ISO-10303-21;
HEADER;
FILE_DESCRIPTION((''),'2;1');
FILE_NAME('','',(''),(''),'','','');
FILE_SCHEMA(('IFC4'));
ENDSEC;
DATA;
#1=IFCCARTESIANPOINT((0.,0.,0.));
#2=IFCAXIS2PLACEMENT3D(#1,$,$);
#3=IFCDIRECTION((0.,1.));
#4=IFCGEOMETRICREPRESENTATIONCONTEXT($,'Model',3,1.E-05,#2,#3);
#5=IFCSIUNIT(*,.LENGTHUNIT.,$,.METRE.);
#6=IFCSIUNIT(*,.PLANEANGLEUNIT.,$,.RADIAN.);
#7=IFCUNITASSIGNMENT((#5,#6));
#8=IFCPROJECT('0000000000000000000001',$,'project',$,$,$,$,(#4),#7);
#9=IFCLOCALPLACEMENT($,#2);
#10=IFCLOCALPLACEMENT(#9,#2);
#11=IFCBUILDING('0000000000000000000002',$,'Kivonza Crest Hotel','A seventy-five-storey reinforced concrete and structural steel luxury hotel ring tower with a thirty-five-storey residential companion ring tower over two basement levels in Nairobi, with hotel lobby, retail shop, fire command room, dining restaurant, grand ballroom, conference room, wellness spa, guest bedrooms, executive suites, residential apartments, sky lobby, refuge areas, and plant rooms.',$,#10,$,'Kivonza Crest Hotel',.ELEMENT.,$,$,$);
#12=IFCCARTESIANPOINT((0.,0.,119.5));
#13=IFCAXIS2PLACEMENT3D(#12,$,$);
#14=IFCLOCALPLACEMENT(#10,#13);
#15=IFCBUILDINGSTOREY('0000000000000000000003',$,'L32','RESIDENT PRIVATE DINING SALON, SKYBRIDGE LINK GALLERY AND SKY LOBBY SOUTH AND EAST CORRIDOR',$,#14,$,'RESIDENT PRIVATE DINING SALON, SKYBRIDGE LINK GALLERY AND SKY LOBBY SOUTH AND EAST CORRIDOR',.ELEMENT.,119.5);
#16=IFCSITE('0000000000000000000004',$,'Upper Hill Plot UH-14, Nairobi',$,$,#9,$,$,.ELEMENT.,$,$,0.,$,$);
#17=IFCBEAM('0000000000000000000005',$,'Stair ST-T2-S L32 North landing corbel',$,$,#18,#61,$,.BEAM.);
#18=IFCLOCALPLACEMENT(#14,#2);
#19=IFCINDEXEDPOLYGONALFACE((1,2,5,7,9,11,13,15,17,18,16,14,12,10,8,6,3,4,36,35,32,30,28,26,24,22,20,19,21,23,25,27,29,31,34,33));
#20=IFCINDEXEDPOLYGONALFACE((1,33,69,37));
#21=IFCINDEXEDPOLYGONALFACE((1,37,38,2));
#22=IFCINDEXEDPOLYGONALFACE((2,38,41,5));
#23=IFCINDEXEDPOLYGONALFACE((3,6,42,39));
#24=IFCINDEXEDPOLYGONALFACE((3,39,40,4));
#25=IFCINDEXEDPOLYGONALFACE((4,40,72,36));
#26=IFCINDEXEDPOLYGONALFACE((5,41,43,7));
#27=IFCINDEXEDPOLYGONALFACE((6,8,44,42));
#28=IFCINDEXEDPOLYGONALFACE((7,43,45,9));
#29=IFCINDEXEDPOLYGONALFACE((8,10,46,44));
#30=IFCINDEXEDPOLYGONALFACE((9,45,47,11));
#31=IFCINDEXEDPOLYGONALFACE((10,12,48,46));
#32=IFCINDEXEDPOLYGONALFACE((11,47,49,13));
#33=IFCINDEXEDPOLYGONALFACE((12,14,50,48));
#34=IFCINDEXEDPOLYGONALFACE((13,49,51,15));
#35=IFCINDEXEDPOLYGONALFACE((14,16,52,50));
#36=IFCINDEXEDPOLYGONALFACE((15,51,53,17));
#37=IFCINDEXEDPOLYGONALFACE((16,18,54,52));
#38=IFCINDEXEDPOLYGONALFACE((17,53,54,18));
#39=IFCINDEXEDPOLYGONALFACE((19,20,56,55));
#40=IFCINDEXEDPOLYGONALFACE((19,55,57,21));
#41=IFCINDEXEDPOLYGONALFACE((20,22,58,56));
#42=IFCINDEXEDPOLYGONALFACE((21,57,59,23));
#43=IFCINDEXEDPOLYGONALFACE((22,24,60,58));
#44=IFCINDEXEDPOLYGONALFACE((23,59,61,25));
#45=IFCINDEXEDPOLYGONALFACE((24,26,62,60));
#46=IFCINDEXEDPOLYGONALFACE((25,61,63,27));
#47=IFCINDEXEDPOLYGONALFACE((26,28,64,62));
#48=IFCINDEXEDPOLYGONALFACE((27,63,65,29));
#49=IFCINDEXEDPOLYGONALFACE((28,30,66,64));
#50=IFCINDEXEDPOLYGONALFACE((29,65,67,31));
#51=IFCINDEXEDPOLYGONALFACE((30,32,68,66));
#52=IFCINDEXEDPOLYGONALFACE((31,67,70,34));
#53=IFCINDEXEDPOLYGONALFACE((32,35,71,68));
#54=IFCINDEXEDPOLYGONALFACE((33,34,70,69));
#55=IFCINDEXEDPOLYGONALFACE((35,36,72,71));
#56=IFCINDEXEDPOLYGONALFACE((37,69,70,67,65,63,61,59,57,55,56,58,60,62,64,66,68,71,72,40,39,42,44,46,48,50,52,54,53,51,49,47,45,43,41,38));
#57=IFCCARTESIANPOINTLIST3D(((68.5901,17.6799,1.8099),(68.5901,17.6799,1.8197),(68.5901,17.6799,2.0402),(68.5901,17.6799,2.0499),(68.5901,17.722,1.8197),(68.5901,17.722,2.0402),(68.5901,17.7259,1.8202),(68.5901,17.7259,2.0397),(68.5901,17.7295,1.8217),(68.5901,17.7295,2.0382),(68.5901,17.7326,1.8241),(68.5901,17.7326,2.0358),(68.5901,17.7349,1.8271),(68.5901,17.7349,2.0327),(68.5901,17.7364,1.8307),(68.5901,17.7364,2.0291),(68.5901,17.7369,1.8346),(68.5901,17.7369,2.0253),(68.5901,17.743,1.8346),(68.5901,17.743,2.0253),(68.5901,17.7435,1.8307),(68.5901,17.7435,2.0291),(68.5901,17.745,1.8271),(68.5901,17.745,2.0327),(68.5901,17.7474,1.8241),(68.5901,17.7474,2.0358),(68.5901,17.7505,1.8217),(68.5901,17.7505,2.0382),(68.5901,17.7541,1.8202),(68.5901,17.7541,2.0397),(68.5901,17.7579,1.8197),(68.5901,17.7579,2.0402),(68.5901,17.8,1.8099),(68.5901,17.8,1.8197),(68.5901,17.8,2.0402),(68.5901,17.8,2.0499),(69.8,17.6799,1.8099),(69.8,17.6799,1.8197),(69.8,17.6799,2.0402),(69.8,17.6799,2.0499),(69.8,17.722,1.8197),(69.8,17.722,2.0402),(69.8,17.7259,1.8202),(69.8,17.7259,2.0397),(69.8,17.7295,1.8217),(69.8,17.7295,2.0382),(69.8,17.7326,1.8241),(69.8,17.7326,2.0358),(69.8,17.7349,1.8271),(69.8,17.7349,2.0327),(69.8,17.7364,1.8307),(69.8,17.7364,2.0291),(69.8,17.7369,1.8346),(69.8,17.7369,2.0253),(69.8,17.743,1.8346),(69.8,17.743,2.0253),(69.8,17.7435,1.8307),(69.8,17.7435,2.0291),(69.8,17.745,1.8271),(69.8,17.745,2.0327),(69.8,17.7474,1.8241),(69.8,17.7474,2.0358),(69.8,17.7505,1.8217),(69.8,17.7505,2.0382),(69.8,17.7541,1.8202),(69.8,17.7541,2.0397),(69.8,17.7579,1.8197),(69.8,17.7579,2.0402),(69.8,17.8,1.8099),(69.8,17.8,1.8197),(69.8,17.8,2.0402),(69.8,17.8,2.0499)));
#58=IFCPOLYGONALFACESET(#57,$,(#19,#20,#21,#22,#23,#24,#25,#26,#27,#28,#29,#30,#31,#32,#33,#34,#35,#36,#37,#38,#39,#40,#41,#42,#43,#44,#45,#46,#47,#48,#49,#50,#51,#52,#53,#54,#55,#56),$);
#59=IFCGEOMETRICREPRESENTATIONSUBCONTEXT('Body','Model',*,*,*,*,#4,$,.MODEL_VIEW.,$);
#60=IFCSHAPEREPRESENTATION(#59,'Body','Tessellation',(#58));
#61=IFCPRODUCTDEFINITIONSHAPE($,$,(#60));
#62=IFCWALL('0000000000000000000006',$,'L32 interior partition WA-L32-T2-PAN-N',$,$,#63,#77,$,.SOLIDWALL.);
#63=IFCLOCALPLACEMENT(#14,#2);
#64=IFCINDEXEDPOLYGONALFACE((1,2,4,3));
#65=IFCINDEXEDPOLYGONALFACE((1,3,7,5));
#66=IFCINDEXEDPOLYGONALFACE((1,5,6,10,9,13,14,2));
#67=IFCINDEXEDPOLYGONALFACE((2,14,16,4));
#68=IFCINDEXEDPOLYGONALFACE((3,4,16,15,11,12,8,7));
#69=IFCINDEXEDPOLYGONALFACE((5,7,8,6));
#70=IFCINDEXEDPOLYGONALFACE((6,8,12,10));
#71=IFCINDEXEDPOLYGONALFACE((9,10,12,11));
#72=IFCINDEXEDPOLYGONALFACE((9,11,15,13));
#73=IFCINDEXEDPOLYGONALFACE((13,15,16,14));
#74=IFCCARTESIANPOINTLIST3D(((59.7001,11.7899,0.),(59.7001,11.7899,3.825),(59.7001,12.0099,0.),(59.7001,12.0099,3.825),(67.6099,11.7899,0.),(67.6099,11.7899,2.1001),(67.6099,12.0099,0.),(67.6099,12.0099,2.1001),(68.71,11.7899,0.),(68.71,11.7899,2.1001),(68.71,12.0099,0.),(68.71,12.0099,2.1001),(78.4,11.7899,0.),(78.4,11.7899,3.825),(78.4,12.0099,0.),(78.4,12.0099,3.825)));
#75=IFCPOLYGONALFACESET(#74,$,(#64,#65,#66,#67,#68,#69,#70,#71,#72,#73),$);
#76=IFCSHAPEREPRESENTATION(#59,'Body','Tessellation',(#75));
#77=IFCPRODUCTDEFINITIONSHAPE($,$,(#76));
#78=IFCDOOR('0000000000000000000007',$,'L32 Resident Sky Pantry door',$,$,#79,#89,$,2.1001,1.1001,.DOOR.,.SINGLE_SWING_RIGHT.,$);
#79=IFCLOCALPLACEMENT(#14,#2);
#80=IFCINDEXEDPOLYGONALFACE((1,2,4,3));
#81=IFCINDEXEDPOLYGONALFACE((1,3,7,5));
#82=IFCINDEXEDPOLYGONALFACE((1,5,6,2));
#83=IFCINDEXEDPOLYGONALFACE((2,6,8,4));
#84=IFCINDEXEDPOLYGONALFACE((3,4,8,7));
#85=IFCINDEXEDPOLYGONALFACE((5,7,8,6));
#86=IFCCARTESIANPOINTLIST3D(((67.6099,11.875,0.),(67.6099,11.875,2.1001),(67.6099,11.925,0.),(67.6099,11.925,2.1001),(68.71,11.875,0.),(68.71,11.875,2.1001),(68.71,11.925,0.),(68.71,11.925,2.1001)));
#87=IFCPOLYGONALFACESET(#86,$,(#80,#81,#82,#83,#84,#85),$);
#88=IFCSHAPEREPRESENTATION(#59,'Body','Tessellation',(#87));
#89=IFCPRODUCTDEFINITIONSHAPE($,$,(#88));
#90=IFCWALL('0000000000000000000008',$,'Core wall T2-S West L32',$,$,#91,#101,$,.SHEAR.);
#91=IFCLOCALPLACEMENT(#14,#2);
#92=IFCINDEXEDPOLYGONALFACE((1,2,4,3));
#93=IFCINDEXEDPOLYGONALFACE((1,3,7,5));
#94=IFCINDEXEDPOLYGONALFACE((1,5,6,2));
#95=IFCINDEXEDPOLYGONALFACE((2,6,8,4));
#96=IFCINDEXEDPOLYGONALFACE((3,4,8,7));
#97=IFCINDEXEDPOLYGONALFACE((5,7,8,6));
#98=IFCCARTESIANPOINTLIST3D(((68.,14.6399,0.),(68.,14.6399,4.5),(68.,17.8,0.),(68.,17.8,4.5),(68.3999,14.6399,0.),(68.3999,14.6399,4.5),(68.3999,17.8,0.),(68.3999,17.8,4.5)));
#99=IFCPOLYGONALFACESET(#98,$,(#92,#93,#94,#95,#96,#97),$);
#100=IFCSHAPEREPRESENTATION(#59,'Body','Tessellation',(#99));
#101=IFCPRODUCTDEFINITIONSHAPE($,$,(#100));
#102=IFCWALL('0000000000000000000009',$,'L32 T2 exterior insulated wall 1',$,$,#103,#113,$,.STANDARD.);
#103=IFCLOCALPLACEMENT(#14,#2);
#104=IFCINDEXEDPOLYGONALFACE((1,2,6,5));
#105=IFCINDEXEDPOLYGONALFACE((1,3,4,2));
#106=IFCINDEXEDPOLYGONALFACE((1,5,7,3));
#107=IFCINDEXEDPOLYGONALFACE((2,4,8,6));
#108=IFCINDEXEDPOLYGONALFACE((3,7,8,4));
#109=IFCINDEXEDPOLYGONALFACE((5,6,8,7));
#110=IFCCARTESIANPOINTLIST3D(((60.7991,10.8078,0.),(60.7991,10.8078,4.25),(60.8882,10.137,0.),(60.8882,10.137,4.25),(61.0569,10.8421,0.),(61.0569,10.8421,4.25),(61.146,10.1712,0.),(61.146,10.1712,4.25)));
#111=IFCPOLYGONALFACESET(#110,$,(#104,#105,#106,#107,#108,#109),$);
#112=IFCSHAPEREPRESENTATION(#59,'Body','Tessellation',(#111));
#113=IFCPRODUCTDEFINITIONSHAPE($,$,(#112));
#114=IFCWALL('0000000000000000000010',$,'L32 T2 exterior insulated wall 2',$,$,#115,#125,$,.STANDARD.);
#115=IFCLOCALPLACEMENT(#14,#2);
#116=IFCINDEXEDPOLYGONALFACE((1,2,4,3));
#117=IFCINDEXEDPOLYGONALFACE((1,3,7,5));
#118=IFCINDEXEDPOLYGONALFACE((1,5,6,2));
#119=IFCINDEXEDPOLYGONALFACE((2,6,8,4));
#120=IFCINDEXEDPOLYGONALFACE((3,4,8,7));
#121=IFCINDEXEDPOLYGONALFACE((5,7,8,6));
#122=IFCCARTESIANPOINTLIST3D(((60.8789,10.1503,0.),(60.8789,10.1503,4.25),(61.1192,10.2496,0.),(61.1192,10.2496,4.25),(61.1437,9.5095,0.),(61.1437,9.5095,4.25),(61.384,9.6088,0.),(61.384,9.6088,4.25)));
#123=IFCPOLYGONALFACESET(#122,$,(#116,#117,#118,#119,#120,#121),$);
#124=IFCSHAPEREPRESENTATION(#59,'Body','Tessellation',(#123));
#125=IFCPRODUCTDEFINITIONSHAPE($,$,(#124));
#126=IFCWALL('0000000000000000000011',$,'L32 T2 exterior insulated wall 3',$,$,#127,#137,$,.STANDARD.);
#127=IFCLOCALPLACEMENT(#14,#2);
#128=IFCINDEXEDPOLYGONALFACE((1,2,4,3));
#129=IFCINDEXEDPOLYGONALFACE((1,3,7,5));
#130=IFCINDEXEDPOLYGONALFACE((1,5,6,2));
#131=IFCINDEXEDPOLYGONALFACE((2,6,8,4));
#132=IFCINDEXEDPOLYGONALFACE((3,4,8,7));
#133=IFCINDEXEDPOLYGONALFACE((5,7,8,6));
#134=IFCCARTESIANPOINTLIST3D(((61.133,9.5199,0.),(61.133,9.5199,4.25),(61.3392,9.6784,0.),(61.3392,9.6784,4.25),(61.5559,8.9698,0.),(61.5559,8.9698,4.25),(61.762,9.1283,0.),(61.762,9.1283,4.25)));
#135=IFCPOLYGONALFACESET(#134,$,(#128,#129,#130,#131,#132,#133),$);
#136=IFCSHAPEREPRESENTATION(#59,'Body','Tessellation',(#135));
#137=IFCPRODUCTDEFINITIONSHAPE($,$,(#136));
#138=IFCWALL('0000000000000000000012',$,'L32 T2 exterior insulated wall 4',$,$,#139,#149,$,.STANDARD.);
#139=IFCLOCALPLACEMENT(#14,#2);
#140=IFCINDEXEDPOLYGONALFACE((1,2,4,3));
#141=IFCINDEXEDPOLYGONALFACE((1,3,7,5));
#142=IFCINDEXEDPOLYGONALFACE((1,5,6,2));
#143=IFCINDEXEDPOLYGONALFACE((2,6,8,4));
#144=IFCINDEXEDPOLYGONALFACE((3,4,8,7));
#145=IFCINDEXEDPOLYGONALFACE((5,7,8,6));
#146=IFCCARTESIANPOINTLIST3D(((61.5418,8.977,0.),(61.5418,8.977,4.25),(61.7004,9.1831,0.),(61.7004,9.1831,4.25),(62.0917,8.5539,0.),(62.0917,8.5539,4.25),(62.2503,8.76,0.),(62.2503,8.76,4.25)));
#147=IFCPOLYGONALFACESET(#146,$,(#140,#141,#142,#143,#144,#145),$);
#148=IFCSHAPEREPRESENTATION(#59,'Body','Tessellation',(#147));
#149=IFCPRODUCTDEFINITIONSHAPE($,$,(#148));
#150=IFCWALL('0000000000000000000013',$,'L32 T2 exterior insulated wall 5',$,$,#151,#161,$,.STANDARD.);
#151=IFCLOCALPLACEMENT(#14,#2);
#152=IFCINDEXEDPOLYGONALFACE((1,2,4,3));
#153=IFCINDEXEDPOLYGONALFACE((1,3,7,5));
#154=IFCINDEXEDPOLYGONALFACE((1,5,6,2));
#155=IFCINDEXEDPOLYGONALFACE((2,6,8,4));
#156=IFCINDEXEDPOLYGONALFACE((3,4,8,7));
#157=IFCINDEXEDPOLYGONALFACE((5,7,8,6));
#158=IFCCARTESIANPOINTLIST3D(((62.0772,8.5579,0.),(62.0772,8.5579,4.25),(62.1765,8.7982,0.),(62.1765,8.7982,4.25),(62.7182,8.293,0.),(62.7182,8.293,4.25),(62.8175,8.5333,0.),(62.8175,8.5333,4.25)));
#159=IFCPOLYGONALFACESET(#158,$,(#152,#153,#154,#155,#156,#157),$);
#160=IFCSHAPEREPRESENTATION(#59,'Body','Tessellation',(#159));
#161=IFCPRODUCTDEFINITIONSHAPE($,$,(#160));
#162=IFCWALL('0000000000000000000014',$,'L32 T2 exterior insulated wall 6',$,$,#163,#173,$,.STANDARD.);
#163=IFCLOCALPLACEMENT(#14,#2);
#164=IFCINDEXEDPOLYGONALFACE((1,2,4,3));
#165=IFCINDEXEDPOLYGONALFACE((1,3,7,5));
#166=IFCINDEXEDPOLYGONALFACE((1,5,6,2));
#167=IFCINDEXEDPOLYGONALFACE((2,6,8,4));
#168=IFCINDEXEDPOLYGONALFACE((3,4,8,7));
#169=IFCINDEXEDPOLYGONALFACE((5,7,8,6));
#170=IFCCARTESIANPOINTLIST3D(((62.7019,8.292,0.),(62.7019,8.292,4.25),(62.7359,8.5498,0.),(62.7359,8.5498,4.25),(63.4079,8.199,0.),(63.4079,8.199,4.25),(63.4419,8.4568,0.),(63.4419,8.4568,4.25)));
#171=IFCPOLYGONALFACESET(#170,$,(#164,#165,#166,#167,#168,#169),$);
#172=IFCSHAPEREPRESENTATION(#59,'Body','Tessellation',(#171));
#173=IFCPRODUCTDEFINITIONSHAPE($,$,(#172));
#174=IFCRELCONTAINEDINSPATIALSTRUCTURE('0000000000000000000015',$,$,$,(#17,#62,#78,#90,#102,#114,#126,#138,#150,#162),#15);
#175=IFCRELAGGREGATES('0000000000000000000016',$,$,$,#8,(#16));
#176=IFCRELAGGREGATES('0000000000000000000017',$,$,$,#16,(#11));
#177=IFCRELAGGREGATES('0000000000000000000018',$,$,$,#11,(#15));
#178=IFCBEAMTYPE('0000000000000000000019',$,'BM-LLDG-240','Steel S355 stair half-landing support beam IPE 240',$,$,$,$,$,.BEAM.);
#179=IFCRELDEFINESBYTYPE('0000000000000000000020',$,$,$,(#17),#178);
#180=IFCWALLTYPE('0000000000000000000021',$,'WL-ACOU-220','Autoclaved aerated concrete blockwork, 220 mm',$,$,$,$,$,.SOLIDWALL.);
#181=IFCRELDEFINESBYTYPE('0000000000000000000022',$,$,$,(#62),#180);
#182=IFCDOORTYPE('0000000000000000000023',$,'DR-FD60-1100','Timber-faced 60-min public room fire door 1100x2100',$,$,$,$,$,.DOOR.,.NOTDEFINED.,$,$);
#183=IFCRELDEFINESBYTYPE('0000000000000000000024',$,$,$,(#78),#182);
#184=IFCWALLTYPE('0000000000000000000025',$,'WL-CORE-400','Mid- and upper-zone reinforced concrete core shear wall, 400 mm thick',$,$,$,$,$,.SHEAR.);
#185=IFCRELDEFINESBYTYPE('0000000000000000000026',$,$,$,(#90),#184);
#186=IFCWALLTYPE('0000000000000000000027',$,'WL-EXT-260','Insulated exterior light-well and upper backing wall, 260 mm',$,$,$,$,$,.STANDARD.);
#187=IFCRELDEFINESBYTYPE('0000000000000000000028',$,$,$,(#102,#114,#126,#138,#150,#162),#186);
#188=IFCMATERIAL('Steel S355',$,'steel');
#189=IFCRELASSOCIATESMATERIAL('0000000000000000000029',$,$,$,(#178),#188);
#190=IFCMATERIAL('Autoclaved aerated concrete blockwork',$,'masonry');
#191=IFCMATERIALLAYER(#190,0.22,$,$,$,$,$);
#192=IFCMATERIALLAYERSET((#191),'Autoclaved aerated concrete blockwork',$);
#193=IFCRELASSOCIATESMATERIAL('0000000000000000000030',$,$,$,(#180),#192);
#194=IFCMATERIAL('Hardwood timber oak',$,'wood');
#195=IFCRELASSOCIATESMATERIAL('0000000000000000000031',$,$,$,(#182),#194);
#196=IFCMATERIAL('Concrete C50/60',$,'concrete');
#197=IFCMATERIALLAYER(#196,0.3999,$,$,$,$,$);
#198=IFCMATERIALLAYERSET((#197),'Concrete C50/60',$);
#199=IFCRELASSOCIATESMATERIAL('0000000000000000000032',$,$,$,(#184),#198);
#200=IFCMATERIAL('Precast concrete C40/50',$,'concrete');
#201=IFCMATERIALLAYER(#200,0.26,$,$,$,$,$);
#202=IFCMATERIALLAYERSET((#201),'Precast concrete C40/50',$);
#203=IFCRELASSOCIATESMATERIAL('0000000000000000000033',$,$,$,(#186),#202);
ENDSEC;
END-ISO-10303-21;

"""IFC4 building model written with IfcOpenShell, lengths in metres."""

from ifc_helpers import new_model, si_unit, direction, frame, frame_2d, origin, origin_2d, place, context, subcontext, project, spatial, rectangle, i_section, extrude, material, layer, layer_set, material_profile, profile_set, type_object, element, fill, save


model = new_model("IFC4")

# Units and contexts
model_context = context("Model", 3, precision=1e-05, world=origin(), true_north=direction((0.0, 1.0)))
body_context = subcontext(model_context, "Body", "Model", "MODEL_VIEW")
ifc_project = project(units=[si_unit("LENGTHUNIT", "METRE"), si_unit("PLANEANGLEUNIT", "RADIAN")], contexts=[model_context])

# Site, building, storey
site_placement = place(None, origin())
site = spatial("IfcSite", under=ifc_project, at=site_placement, Name="Upper Hill Plot UH-14, Nairobi", CompositionType="ELEMENT", RefElevation=0.0)
building_placement = place(site_placement, origin())
building = spatial("IfcBuilding", under=site, at=building_placement, Name="Kivonza Crest Hotel", Description="A seventy-five-storey reinforced concrete and structural steel luxury hotel ring tower with a thirty-five-storey residential companion ring tower over two basement levels in Nairobi, with hotel lobby, retail shop, fire command room, dining restaurant, grand ballroom, conference room, wellness spa, guest bedrooms, executive suites, residential apartments, sky lobby, refuge areas, and plant rooms.", LongName="Kivonza Crest Hotel", CompositionType="ELEMENT")
storey_placement = place(building_placement, frame((0.0, 0.0, 119.5)))
storey = spatial("IfcBuildingStorey", under=building, at=storey_placement, Name="L32", Description="RESIDENT PRIVATE DINING SALON, SKYBRIDGE LINK GALLERY AND SKY LOBBY SOUTH AND EAST CORRIDOR", LongName="RESIDENT PRIVATE DINING SALON, SKYBRIDGE LINK GALLERY AND SKY LOBBY SOUTH AND EAST CORRIDOR", CompositionType="ELEMENT", Elevation=119.5)

# Shared definitions
ifc_material_1 = material(Name="Steel S355", Category="steel")

# Beam
ifc_material_profile_1 = material_profile(ifc_material_1, i_section(OverallWidth=0.1201, OverallDepth=0.24, WebThickness=0.0061, FlangeThickness=0.0098, FilletRadius=0.0149, at=origin_2d()), Name="IPE 240")
ifc_profile_set_1 = profile_set([ifc_material_profile_1], Name="Steel S355")
beam_type_1 = type_object("IfcBeamType", Name="BM-LLDG-240", Description="Steel S355 stair half-landing support beam IPE 240", PredefinedType="BEAM", material=ifc_profile_set_1)
for number, where, z_axis, x_axis, name in (
    (1, (68.5901, 17.74, 1.9299), (1.0, 0.0, 0.0), (0.0, 1.0, 0.0), "Stair ST-T2-S L32 North landing corbel"),
):
    element("IfcBeam", number, at=place(storey_placement, frame(where, z_axis=z_axis, x_axis=x_axis)), inside=storey, type_object=beam_type_1, Name=name, PredefinedType="BEAM", context=body_context, shape_type="SweptSolid", body=[
        extrude(i_section(OverallWidth=0.1201, OverallDepth=0.24, WebThickness=0.0061, FlangeThickness=0.0098, FilletRadius=0.0149, at=origin_2d()), origin(), (0.0, 0.0, 1.0), 1.21),
    ])

# Wall, opening, door
ifc_material_2 = material(Name="Autoclaved aerated concrete blockwork", Category="masonry")
ifc_layer_1 = layer(ifc_material_2, 0.22)
ifc_layer_set_1 = layer_set([ifc_layer_1], Name="Autoclaved aerated concrete blockwork")
wall_type_1 = type_object("IfcWallType", Name="WL-ACOU-220", Description="Autoclaved aerated concrete blockwork, 220 mm", PredefinedType="SOLIDWALL", material=ifc_layer_set_1)
wall_1_placement = place(storey_placement, frame((59.7, 11.8999, 0.0), z_axis=(0.0, 0.0, 1.0), x_axis=(1.0, 0.0, 0.0)))
wall_1 = element("IfcWall", 2, at=wall_1_placement, inside=storey, type_object=wall_type_1, Name="L32 interior partition WA-L32-T2-PAN-N", PredefinedType="SOLIDWALL", context=body_context, shape_type="SweptSolid", body=[
    extrude(rectangle(XDim=18.7, YDim=0.22, at=frame_2d((9.3501, 0.0))), origin(), (0.0, 0.0, 1.0), 3.825),
])
opening_1_placement = place(wall_1_placement, frame((7.9099, 0.0, 0.0)))
opening_1 = element("IfcOpeningElement", 3, at=opening_1_placement, cuts=wall_1, PredefinedType="OPENING", context=body_context, shape_type="SweptSolid", body=[
    extrude(rectangle(XDim=1.1001, YDim=2.1001, at=frame_2d((0.55, 1.05))), frame((0.0, 0.1201, 0.0), z_axis=(0.0, -1.0, 0.0), x_axis=(1.0, 0.0, 0.0)), (0.0, 0.0, 1.0), 0.24),
])
ifc_material_3 = material(Name="Hardwood timber oak", Category="wood")
door_type_1 = type_object("IfcDoorType", Name="DR-FD60-1100", Description="Timber-faced 60-min public room fire door 1100x2100", OperationType="NOTDEFINED", PredefinedType="DOOR", material=ifc_material_3)
door_1_placement = place(opening_1_placement, frame((1.1001, 0.0, 0.0), z_axis=(0.0, 0.0, 1.0), x_axis=(-1.0, 0.0, 0.0)))
door_1 = element("IfcDoor", 4, at=door_1_placement, inside=storey, type_object=door_type_1, Name="L32 Resident Sky Pantry door", OperationType="SINGLE_SWING_RIGHT", OverallHeight=2.1001, OverallWidth=1.1001, PredefinedType="DOOR", context=body_context, shape_type="SweptSolid", body=[
    extrude(rectangle(XDim=1.1001, YDim=2.1001, at=frame_2d((0.55, 1.05))), frame((0.0, 0.0249, 0.0), z_axis=(0.0, -1.0, 0.0), x_axis=(1.0, 0.0, 0.0)), (0.0, 0.0, 1.0), 0.05),
])
fill(opening_1, door_1)

# Shared definitions
ifc_material_4 = material(Name="Concrete C50/60", Category="concrete")
ifc_layer_2 = layer(ifc_material_4, 0.3999)
ifc_layer_set_2 = layer_set([ifc_layer_2], Name="Concrete C50/60")
wall_type_2 = type_object("IfcWallType", Name="WL-CORE-400", Description="Mid- and upper-zone reinforced concrete core shear wall, 400 mm thick", PredefinedType="SHEAR", material=ifc_layer_set_2)

# Walls
wall_2_placement = place(storey_placement, frame((68.2, 14.6399, 0.0), z_axis=(0.0, 0.0, 1.0), x_axis=(0.0, 1.0, 0.0)))
element("IfcWall", 5, at=wall_2_placement, inside=storey, type_object=wall_type_2, Name="Core wall T2-S West L32", PredefinedType="SHEAR", context=body_context, shape_type="SweptSolid", body=[
    extrude(rectangle(XDim=3.1602, YDim=0.3999, at=frame_2d((1.5801, 0.0))), origin(), (0.0, 0.0, 1.0), 4.5),
])
ifc_material_5 = material(Name="Precast concrete C40/50", Category="concrete")
ifc_layer_3 = layer(ifc_material_5, 0.26)
ifc_layer_set_3 = layer_set([ifc_layer_3], Name="Precast concrete C40/50")
wall_type_3 = type_object("IfcWallType", Name="WL-EXT-260", Description="Insulated exterior light-well and upper backing wall, 260 mm", PredefinedType="STANDARD", material=ifc_layer_set_3)
wall_3_placement = place(storey_placement, frame((60.928, 10.825, 0.0), z_axis=(0.0, 0.0, 1.0), x_axis=(0.131667, -0.991294, 0.0)))
element("IfcWall", 6, at=wall_3_placement, inside=storey, type_object=wall_type_3, Name="L32 T2 exterior insulated wall 1", PredefinedType="STANDARD", context=body_context, shape_type="SweptSolid", body=[
    extrude(rectangle(XDim=0.6768, YDim=0.26, at=frame_2d((0.3384, 0.0))), origin(), (0.0, 0.0, 1.0), 4.25),
])
wall_4_placement = place(storey_placement, frame((60.999, 10.2, 0.0), z_axis=(0.0, 0.0, 1.0), x_axis=(0.381989, -0.924167, 0.0)))
element("IfcWall", 7, at=wall_4_placement, inside=storey, type_object=wall_type_3, Name="L32 T2 exterior insulated wall 2", PredefinedType="STANDARD", context=body_context, shape_type="SweptSolid", body=[
    extrude(rectangle(XDim=0.6934, YDim=0.26, at=frame_2d((0.3467, 0.0))), origin(), (0.0, 0.0, 1.0), 4.25),
])
for number, where, z_axis, x_axis, name in (
    (8, (61.2361, 9.5991, 0.0), (0.0, 0.0, 1.0), (0.609473, -0.792807, 0.0), "L32 T2 exterior insulated wall 3"),
    (9, (61.6211, 9.0801, 0.0), (0.0, 0.0, 1.0), (0.792506, -0.609864, 0.0), "L32 T2 exterior insulated wall 4"),
):
    element("IfcWall", number, at=place(storey_placement, frame(where, z_axis=z_axis, x_axis=x_axis)), inside=storey, type_object=wall_type_3, Name=name, PredefinedType="STANDARD", context=body_context, shape_type="SweptSolid", body=[
        extrude(rectangle(XDim=0.6938, YDim=0.26, at=frame_2d((0.3469, 0.0))), origin(), (0.0, 0.0, 1.0), 4.25),
    ])
wall_5_placement = place(storey_placement, frame((62.127, 8.678, 0.0), z_axis=(0.0, 0.0, 1.0), x_axis=(0.924218, -0.381865, 0.0)))
element("IfcWall", 10, at=wall_5_placement, inside=storey, type_object=wall_type_3, Name="L32 T2 exterior insulated wall 5", PredefinedType="STANDARD", context=body_context, shape_type="SweptSolid", body=[
    extrude(rectangle(XDim=0.6936, YDim=0.26, at=frame_2d((0.3467, 0.0))), origin(), (0.0, 0.0, 1.0), 4.25),
])
wall_6_placement = place(storey_placement, frame((62.719, 8.4209, 0.0), z_axis=(0.0, 0.0, 1.0), x_axis=(0.991433, -0.130614, 0.0)))
element("IfcWall", 11, at=wall_6_placement, inside=storey, type_object=wall_type_3, Name="L32 T2 exterior insulated wall 6", PredefinedType="STANDARD", context=body_context, shape_type="SweptSolid", body=[
    extrude(rectangle(XDim=0.7122, YDim=0.26, at=frame_2d((0.356, 0.0))), origin(), (0.0, 0.0, 1.0), 4.25),
])

save(model, "model.ifc")
